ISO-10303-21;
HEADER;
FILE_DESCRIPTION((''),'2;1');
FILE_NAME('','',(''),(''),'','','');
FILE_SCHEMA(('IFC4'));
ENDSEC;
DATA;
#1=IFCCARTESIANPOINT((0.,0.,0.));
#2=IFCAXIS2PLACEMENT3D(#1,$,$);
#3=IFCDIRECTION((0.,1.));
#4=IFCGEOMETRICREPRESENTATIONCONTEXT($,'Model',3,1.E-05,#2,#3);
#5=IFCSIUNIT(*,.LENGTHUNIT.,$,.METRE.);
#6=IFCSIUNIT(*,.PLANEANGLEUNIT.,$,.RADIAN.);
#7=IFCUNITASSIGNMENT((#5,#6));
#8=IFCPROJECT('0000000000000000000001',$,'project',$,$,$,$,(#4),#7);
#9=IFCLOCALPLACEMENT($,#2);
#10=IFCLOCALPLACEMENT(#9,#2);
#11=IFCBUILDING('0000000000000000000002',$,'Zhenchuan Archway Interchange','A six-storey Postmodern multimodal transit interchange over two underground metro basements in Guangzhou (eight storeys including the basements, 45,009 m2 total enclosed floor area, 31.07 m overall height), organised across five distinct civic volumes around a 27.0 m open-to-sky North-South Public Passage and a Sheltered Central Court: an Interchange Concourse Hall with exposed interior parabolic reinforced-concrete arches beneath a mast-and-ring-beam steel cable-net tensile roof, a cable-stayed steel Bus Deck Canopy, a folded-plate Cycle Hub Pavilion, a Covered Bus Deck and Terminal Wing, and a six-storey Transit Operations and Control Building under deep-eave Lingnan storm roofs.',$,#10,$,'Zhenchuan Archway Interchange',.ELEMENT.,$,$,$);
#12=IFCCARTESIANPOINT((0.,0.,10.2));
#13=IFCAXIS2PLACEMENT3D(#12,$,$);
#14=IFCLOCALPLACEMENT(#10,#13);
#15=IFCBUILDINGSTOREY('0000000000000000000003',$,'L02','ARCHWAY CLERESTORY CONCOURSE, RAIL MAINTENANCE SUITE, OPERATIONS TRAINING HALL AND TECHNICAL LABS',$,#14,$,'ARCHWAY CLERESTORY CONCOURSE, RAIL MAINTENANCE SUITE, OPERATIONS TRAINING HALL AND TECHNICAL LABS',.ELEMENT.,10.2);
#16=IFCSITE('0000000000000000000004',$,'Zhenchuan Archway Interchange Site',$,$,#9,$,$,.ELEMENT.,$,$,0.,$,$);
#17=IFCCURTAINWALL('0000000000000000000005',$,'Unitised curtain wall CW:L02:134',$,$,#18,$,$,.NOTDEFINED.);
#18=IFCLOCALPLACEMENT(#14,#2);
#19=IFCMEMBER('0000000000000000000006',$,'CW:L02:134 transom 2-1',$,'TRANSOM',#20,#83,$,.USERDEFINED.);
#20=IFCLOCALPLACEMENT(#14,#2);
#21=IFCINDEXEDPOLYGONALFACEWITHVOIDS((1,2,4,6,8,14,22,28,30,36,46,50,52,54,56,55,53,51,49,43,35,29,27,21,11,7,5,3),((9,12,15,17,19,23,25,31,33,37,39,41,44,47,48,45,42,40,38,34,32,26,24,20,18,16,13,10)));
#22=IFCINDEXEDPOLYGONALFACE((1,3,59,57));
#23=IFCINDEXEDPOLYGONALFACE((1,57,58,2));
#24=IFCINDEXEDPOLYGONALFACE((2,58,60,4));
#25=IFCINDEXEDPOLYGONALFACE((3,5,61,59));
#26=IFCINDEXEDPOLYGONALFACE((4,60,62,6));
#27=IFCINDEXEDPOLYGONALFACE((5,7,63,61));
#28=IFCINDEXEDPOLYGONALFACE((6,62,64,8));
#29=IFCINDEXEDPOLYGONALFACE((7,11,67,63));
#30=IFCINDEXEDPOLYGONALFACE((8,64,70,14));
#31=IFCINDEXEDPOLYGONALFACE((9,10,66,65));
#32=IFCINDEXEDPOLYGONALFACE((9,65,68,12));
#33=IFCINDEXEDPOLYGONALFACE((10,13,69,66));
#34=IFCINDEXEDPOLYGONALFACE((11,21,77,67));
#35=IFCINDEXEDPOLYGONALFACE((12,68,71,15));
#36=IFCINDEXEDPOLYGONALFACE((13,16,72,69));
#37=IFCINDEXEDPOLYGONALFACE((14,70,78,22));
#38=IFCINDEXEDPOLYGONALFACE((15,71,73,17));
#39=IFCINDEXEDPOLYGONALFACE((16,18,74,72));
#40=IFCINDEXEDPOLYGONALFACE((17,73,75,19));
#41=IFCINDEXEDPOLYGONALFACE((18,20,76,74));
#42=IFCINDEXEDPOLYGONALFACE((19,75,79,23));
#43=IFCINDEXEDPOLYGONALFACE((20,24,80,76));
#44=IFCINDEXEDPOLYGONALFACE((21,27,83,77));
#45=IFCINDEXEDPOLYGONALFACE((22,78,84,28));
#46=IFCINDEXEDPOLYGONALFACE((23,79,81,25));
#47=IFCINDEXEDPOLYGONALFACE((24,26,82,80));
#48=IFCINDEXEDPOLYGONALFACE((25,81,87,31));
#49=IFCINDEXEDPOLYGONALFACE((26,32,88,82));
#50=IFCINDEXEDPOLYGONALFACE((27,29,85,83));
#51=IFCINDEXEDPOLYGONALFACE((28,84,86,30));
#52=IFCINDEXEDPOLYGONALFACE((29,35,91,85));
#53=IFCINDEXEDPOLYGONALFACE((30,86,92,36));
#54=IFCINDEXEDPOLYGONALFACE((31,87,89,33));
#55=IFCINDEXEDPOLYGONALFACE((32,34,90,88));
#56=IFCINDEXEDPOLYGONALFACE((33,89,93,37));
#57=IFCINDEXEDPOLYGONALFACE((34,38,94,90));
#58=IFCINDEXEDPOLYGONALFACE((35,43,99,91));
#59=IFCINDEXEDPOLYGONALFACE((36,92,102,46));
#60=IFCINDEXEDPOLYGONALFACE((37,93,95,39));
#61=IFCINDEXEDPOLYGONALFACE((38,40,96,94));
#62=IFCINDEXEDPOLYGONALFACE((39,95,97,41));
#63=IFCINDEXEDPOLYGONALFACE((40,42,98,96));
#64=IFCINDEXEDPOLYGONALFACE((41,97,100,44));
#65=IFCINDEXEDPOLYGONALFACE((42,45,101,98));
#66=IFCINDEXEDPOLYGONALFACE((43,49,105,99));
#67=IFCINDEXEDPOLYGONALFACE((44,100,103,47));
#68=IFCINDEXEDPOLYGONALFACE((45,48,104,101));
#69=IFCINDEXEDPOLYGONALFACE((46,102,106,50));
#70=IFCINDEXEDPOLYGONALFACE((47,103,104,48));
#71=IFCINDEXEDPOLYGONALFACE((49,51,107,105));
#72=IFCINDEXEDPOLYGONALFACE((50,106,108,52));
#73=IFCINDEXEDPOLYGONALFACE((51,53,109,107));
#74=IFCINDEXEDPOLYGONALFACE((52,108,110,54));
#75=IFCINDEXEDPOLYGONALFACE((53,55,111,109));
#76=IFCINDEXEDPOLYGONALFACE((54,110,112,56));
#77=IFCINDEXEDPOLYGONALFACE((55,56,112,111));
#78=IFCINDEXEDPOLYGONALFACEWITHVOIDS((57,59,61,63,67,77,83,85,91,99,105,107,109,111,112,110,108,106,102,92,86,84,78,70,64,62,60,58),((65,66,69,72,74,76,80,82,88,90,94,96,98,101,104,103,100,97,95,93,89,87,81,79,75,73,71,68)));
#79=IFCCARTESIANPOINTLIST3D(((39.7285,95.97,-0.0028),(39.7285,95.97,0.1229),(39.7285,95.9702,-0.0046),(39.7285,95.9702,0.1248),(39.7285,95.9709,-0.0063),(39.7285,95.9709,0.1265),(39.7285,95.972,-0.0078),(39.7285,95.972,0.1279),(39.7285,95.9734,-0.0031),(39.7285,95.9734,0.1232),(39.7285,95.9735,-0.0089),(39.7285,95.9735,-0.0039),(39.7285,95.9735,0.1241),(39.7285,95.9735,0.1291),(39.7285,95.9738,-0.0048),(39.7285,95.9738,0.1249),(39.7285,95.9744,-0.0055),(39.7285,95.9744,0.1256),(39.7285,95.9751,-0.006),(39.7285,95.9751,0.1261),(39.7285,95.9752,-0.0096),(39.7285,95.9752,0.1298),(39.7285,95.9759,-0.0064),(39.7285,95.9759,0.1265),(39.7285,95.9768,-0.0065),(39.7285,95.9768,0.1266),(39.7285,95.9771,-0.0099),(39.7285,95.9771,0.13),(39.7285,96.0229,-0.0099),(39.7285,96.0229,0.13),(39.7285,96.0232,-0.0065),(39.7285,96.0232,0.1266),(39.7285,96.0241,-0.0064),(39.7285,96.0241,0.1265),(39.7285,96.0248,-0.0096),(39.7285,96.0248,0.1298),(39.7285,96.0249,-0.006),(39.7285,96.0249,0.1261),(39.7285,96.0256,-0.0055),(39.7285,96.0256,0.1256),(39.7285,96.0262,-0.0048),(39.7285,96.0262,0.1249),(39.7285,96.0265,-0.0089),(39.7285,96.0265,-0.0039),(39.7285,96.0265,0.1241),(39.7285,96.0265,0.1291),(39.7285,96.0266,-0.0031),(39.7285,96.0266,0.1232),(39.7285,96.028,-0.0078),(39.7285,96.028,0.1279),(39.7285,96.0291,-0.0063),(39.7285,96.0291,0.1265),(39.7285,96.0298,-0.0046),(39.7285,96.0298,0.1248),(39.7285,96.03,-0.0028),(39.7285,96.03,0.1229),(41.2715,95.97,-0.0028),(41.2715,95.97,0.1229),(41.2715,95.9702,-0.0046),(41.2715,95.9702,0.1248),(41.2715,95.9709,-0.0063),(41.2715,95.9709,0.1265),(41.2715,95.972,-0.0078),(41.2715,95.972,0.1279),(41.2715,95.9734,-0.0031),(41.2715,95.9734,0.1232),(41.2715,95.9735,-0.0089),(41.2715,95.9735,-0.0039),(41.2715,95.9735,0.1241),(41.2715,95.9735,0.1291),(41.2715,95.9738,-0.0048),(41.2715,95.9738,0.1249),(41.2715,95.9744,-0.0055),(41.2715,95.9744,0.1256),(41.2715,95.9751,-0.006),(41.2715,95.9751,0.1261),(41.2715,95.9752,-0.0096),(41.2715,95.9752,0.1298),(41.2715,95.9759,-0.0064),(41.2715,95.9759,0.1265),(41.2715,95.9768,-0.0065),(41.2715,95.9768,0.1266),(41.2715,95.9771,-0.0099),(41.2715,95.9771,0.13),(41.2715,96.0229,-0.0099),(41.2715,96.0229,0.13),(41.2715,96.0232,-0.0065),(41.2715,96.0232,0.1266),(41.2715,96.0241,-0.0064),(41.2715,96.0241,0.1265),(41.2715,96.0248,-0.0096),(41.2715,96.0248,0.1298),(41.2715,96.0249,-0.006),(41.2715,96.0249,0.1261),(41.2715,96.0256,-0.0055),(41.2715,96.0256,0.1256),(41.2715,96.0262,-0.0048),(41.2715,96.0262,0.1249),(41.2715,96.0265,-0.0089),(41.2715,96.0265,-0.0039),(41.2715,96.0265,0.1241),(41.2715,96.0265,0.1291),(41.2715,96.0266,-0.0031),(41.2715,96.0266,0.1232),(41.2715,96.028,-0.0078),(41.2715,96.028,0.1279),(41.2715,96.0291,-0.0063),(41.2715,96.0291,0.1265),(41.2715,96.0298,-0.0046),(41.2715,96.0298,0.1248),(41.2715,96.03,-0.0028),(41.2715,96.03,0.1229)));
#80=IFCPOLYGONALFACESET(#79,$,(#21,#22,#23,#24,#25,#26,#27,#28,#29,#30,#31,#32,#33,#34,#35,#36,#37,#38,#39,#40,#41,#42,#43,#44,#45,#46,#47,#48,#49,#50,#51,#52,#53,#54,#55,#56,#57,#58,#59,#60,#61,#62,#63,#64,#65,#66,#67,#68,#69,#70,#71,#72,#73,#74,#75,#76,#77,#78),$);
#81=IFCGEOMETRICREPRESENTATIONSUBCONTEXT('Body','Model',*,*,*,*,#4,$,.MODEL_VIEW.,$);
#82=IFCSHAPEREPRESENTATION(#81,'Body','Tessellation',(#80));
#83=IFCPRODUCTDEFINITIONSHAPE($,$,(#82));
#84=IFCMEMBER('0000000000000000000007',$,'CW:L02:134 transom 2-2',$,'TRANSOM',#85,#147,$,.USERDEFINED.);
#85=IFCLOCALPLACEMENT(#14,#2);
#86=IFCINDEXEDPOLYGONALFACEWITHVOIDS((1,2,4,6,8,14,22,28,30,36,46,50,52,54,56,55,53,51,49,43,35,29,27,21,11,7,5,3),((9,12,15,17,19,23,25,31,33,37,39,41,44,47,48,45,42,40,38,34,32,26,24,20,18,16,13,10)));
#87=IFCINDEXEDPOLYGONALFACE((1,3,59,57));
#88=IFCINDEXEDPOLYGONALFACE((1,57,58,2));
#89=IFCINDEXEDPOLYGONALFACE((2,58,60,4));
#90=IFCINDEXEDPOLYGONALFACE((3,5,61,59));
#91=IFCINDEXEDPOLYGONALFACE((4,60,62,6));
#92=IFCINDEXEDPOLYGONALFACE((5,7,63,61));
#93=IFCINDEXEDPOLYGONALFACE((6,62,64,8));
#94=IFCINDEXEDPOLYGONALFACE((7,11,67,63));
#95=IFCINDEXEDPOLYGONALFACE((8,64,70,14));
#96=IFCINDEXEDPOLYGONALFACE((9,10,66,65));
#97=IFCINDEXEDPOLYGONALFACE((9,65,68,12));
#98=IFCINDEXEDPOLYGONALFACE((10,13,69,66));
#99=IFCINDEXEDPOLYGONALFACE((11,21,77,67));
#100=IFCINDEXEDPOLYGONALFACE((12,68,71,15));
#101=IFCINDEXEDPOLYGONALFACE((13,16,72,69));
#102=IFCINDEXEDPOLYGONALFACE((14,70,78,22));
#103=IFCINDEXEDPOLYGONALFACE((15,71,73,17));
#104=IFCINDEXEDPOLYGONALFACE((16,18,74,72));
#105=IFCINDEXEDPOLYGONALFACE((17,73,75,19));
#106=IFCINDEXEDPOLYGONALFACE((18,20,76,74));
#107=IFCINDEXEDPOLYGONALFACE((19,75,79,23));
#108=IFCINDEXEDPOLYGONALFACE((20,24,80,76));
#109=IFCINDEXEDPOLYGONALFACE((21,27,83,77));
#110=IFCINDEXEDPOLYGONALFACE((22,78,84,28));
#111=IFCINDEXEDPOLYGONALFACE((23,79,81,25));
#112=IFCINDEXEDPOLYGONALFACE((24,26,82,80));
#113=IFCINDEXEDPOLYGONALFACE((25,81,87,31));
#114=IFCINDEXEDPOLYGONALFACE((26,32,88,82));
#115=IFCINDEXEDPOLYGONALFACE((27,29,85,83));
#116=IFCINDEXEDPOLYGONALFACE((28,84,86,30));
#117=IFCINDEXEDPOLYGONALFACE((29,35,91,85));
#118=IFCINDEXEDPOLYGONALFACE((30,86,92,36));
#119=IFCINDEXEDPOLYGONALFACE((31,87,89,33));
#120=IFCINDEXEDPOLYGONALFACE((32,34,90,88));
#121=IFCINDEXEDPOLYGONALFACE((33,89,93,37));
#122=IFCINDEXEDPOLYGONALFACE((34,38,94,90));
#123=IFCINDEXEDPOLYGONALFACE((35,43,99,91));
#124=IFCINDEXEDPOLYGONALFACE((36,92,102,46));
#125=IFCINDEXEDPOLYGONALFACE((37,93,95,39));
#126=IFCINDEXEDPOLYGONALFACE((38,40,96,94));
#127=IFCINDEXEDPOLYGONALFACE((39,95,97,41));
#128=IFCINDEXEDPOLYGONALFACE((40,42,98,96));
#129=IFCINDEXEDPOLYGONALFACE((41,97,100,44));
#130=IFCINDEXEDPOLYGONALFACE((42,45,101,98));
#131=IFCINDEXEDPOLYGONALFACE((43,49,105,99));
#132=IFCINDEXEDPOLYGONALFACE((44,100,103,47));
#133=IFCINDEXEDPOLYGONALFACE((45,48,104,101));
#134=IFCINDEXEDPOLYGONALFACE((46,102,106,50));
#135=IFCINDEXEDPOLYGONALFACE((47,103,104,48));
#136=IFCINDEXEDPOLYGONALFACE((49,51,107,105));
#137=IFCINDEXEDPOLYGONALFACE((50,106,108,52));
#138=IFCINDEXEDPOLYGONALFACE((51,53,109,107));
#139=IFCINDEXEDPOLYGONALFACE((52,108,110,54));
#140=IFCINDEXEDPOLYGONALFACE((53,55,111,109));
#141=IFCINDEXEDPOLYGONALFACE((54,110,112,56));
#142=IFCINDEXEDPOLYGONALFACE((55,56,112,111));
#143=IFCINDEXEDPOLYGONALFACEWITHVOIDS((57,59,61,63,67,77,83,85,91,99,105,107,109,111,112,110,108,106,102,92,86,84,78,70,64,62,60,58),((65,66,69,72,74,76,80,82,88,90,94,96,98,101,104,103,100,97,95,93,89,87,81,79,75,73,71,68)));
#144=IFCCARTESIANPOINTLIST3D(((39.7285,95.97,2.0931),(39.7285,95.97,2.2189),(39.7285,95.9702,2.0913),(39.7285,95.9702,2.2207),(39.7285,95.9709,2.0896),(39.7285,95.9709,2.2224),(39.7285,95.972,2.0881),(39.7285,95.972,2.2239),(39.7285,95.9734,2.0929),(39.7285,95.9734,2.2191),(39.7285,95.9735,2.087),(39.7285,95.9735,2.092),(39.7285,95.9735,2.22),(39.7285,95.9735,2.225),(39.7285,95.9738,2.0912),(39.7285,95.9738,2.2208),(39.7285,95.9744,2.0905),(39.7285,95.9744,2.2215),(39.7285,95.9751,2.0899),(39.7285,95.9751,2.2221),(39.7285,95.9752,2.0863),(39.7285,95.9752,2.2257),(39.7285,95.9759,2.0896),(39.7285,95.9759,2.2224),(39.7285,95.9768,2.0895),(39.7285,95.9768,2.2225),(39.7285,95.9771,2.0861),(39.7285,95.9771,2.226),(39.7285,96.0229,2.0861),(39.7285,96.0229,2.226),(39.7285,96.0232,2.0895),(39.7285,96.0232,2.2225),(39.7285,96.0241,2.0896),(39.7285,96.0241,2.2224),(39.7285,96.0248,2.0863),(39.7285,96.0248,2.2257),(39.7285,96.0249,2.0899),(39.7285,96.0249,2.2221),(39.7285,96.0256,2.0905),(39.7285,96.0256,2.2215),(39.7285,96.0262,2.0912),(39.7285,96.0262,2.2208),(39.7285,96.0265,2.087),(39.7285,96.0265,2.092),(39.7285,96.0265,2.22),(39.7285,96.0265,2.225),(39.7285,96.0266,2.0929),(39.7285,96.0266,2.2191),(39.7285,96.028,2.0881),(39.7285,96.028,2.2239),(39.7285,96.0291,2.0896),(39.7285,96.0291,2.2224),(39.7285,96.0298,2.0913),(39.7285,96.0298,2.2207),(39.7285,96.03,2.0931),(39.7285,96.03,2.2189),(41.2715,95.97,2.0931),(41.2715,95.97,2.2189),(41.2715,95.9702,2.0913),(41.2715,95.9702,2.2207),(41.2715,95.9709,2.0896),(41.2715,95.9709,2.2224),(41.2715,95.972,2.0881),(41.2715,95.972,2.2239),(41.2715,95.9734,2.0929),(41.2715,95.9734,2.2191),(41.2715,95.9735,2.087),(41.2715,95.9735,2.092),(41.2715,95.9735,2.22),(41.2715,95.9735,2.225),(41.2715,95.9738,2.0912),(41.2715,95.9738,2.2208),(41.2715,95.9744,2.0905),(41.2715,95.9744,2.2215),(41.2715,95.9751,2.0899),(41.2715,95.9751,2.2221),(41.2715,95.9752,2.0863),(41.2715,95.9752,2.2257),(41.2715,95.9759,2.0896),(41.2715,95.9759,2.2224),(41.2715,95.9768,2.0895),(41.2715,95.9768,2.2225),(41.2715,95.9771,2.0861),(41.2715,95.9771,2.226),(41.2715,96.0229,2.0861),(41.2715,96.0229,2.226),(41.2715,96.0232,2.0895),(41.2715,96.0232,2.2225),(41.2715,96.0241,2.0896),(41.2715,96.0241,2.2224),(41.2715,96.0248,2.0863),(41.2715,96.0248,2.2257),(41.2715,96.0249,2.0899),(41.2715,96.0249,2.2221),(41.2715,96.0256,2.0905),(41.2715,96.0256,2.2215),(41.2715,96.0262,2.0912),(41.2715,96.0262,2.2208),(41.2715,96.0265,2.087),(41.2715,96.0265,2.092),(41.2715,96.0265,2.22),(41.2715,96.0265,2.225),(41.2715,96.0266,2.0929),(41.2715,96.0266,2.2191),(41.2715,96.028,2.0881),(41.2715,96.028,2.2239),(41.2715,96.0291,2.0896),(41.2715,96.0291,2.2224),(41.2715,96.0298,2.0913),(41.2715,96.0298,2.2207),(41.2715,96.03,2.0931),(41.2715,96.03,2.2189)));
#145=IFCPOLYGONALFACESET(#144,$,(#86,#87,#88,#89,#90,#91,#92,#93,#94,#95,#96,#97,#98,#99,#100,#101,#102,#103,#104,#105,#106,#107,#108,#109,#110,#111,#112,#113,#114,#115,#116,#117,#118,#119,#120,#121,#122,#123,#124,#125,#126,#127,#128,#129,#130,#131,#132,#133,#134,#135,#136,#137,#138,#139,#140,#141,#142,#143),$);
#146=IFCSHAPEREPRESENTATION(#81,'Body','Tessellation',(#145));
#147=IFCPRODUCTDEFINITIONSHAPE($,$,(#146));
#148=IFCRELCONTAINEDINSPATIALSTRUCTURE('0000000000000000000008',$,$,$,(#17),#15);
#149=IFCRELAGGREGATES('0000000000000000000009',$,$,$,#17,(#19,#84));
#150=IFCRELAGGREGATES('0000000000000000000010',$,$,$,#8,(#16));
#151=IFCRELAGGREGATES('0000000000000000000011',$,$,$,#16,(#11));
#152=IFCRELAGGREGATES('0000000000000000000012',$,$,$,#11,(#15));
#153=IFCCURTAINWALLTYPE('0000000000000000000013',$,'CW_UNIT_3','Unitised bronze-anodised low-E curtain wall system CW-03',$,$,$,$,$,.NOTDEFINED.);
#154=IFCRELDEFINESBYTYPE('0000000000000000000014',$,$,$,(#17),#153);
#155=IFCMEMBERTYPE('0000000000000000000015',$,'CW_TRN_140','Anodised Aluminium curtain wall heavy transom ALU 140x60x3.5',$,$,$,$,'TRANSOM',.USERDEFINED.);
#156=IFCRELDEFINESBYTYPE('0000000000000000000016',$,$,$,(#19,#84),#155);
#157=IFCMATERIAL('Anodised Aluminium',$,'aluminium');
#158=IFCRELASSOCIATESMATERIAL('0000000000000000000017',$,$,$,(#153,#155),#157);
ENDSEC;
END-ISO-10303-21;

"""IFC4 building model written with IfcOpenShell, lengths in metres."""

from ifc_helpers import new_model, si_unit, direction, frame, origin, origin_2d, place, context, subcontext, project, spatial, hollow_rectangle, extrude, material, material_profile, profile_set, type_object, element, aggregate, save


model = new_model("IFC4")

# Units and contexts
model_context = context("Model", 3, precision=1e-05, world=origin(), true_north=direction((0.0, 1.0)))
body_context = subcontext(model_context, "Body", "Model", "MODEL_VIEW")
ifc_project = project(units=[si_unit("LENGTHUNIT", "METRE"), si_unit("PLANEANGLEUNIT", "RADIAN")], contexts=[model_context])

# Site, building, storey
site_placement = place(None, origin())
site = spatial("IfcSite", under=ifc_project, at=site_placement, Name="Zhenchuan Archway Interchange Site", CompositionType="ELEMENT", RefElevation=0.0)
building_placement = place(site_placement, origin())
building = spatial("IfcBuilding", under=site, at=building_placement, Name="Zhenchuan Archway Interchange", Description="A six-storey Postmodern multimodal transit interchange over two underground metro basements in Guangzhou (eight storeys including the basements, 45,009 m2 total enclosed floor area, 31.07 m overall height), organised across five distinct civic volumes around a 27.0 m open-to-sky North-South Public Passage and a Sheltered Central Court: an Interchange Concourse Hall with exposed interior parabolic reinforced-concrete arches beneath a mast-and-ring-beam steel cable-net tensile roof, a cable-stayed steel Bus Deck Canopy, a folded-plate Cycle Hub Pavilion, a Covered Bus Deck and Terminal Wing, and a six-storey Transit Operations and Control Building under deep-eave Lingnan storm roofs.", LongName="Zhenchuan Archway Interchange", CompositionType="ELEMENT")
storey_placement = place(building_placement, frame((0.0, 0.0, 10.2)))
storey = spatial("IfcBuildingStorey", under=building, at=storey_placement, Name="L02", Description="ARCHWAY CLERESTORY CONCOURSE, RAIL MAINTENANCE SUITE, OPERATIONS TRAINING HALL AND TECHNICAL LABS", LongName="ARCHWAY CLERESTORY CONCOURSE, RAIL MAINTENANCE SUITE, OPERATIONS TRAINING HALL AND TECHNICAL LABS", CompositionType="ELEMENT", Elevation=10.2)

# Curtain wall, members
ifc_material_1 = material(Name="Anodised Aluminium", Category="aluminium")
curtain_wall_type = type_object("IfcCurtainWallType", Name="CW_UNIT_3", Description="Unitised bronze-anodised low-E curtain wall system CW-03", PredefinedType="NOTDEFINED", material=ifc_material_1)
curtain_wall_placement = place(storey_placement, origin())
curtain_wall = element("IfcCurtainWall", 1, at=curtain_wall_placement, inside=storey, type_object=curtain_wall_type, Name="Unitised curtain wall CW:L02:134", PredefinedType="NOTDEFINED")
ifc_material_profile_1 = material_profile(ifc_material_1, hollow_rectangle(XDim=0.0601, YDim=0.1399, WallThickness=0.0034, InnerFilletRadius=0.0034, OuterFilletRadius=0.0071, at=origin_2d()), Name="ALU 140x60x3.5")
ifc_profile_set_1 = profile_set([ifc_material_profile_1], Name="Anodised Aluminium")
member_type_1 = type_object("IfcMemberType", Name="CW_TRN_140", Description="Anodised Aluminium curtain wall heavy transom ALU 140x60x3.5", ElementType="TRANSOM", PredefinedType="USERDEFINED", material=ifc_profile_set_1)
member_1_placement = place(storey_placement, frame((41.2715, 96.0, 0.0601), z_axis=(-1.0, 0.0, 0.0), x_axis=(0.0, -1.0, 0.0)))
member_1 = element("IfcMember", 2, at=member_1_placement, type_object=member_type_1, Name="CW:L02:134 transom 2-1", ObjectType="TRANSOM", PredefinedType="USERDEFINED", context=body_context, shape_type="SweptSolid", body=[
    extrude(hollow_rectangle(XDim=0.0601, YDim=0.1399, WallThickness=0.0034, InnerFilletRadius=0.0034, OuterFilletRadius=0.0071, at=origin_2d()), origin(), (0.0, 0.0, 1.0), 1.543),
])
member_2_placement = place(storey_placement, frame((41.2715, 96.0, 2.156), z_axis=(-1.0, 0.0, 0.0), x_axis=(0.0, -1.0, 0.0)))
member_2 = element("IfcMember", 3, at=member_2_placement, type_object=member_type_1, Name="CW:L02:134 transom 2-2", ObjectType="TRANSOM", PredefinedType="USERDEFINED", context=body_context, shape_type="SweptSolid", body=[
    extrude(hollow_rectangle(XDim=0.0601, YDim=0.1399, WallThickness=0.0034, InnerFilletRadius=0.0034, OuterFilletRadius=0.0071, at=origin_2d()), origin(), (0.0, 0.0, 1.0), 1.543),
])

aggregate(curtain_wall, [member_1, member_2])

save(model, "model.ifc")
